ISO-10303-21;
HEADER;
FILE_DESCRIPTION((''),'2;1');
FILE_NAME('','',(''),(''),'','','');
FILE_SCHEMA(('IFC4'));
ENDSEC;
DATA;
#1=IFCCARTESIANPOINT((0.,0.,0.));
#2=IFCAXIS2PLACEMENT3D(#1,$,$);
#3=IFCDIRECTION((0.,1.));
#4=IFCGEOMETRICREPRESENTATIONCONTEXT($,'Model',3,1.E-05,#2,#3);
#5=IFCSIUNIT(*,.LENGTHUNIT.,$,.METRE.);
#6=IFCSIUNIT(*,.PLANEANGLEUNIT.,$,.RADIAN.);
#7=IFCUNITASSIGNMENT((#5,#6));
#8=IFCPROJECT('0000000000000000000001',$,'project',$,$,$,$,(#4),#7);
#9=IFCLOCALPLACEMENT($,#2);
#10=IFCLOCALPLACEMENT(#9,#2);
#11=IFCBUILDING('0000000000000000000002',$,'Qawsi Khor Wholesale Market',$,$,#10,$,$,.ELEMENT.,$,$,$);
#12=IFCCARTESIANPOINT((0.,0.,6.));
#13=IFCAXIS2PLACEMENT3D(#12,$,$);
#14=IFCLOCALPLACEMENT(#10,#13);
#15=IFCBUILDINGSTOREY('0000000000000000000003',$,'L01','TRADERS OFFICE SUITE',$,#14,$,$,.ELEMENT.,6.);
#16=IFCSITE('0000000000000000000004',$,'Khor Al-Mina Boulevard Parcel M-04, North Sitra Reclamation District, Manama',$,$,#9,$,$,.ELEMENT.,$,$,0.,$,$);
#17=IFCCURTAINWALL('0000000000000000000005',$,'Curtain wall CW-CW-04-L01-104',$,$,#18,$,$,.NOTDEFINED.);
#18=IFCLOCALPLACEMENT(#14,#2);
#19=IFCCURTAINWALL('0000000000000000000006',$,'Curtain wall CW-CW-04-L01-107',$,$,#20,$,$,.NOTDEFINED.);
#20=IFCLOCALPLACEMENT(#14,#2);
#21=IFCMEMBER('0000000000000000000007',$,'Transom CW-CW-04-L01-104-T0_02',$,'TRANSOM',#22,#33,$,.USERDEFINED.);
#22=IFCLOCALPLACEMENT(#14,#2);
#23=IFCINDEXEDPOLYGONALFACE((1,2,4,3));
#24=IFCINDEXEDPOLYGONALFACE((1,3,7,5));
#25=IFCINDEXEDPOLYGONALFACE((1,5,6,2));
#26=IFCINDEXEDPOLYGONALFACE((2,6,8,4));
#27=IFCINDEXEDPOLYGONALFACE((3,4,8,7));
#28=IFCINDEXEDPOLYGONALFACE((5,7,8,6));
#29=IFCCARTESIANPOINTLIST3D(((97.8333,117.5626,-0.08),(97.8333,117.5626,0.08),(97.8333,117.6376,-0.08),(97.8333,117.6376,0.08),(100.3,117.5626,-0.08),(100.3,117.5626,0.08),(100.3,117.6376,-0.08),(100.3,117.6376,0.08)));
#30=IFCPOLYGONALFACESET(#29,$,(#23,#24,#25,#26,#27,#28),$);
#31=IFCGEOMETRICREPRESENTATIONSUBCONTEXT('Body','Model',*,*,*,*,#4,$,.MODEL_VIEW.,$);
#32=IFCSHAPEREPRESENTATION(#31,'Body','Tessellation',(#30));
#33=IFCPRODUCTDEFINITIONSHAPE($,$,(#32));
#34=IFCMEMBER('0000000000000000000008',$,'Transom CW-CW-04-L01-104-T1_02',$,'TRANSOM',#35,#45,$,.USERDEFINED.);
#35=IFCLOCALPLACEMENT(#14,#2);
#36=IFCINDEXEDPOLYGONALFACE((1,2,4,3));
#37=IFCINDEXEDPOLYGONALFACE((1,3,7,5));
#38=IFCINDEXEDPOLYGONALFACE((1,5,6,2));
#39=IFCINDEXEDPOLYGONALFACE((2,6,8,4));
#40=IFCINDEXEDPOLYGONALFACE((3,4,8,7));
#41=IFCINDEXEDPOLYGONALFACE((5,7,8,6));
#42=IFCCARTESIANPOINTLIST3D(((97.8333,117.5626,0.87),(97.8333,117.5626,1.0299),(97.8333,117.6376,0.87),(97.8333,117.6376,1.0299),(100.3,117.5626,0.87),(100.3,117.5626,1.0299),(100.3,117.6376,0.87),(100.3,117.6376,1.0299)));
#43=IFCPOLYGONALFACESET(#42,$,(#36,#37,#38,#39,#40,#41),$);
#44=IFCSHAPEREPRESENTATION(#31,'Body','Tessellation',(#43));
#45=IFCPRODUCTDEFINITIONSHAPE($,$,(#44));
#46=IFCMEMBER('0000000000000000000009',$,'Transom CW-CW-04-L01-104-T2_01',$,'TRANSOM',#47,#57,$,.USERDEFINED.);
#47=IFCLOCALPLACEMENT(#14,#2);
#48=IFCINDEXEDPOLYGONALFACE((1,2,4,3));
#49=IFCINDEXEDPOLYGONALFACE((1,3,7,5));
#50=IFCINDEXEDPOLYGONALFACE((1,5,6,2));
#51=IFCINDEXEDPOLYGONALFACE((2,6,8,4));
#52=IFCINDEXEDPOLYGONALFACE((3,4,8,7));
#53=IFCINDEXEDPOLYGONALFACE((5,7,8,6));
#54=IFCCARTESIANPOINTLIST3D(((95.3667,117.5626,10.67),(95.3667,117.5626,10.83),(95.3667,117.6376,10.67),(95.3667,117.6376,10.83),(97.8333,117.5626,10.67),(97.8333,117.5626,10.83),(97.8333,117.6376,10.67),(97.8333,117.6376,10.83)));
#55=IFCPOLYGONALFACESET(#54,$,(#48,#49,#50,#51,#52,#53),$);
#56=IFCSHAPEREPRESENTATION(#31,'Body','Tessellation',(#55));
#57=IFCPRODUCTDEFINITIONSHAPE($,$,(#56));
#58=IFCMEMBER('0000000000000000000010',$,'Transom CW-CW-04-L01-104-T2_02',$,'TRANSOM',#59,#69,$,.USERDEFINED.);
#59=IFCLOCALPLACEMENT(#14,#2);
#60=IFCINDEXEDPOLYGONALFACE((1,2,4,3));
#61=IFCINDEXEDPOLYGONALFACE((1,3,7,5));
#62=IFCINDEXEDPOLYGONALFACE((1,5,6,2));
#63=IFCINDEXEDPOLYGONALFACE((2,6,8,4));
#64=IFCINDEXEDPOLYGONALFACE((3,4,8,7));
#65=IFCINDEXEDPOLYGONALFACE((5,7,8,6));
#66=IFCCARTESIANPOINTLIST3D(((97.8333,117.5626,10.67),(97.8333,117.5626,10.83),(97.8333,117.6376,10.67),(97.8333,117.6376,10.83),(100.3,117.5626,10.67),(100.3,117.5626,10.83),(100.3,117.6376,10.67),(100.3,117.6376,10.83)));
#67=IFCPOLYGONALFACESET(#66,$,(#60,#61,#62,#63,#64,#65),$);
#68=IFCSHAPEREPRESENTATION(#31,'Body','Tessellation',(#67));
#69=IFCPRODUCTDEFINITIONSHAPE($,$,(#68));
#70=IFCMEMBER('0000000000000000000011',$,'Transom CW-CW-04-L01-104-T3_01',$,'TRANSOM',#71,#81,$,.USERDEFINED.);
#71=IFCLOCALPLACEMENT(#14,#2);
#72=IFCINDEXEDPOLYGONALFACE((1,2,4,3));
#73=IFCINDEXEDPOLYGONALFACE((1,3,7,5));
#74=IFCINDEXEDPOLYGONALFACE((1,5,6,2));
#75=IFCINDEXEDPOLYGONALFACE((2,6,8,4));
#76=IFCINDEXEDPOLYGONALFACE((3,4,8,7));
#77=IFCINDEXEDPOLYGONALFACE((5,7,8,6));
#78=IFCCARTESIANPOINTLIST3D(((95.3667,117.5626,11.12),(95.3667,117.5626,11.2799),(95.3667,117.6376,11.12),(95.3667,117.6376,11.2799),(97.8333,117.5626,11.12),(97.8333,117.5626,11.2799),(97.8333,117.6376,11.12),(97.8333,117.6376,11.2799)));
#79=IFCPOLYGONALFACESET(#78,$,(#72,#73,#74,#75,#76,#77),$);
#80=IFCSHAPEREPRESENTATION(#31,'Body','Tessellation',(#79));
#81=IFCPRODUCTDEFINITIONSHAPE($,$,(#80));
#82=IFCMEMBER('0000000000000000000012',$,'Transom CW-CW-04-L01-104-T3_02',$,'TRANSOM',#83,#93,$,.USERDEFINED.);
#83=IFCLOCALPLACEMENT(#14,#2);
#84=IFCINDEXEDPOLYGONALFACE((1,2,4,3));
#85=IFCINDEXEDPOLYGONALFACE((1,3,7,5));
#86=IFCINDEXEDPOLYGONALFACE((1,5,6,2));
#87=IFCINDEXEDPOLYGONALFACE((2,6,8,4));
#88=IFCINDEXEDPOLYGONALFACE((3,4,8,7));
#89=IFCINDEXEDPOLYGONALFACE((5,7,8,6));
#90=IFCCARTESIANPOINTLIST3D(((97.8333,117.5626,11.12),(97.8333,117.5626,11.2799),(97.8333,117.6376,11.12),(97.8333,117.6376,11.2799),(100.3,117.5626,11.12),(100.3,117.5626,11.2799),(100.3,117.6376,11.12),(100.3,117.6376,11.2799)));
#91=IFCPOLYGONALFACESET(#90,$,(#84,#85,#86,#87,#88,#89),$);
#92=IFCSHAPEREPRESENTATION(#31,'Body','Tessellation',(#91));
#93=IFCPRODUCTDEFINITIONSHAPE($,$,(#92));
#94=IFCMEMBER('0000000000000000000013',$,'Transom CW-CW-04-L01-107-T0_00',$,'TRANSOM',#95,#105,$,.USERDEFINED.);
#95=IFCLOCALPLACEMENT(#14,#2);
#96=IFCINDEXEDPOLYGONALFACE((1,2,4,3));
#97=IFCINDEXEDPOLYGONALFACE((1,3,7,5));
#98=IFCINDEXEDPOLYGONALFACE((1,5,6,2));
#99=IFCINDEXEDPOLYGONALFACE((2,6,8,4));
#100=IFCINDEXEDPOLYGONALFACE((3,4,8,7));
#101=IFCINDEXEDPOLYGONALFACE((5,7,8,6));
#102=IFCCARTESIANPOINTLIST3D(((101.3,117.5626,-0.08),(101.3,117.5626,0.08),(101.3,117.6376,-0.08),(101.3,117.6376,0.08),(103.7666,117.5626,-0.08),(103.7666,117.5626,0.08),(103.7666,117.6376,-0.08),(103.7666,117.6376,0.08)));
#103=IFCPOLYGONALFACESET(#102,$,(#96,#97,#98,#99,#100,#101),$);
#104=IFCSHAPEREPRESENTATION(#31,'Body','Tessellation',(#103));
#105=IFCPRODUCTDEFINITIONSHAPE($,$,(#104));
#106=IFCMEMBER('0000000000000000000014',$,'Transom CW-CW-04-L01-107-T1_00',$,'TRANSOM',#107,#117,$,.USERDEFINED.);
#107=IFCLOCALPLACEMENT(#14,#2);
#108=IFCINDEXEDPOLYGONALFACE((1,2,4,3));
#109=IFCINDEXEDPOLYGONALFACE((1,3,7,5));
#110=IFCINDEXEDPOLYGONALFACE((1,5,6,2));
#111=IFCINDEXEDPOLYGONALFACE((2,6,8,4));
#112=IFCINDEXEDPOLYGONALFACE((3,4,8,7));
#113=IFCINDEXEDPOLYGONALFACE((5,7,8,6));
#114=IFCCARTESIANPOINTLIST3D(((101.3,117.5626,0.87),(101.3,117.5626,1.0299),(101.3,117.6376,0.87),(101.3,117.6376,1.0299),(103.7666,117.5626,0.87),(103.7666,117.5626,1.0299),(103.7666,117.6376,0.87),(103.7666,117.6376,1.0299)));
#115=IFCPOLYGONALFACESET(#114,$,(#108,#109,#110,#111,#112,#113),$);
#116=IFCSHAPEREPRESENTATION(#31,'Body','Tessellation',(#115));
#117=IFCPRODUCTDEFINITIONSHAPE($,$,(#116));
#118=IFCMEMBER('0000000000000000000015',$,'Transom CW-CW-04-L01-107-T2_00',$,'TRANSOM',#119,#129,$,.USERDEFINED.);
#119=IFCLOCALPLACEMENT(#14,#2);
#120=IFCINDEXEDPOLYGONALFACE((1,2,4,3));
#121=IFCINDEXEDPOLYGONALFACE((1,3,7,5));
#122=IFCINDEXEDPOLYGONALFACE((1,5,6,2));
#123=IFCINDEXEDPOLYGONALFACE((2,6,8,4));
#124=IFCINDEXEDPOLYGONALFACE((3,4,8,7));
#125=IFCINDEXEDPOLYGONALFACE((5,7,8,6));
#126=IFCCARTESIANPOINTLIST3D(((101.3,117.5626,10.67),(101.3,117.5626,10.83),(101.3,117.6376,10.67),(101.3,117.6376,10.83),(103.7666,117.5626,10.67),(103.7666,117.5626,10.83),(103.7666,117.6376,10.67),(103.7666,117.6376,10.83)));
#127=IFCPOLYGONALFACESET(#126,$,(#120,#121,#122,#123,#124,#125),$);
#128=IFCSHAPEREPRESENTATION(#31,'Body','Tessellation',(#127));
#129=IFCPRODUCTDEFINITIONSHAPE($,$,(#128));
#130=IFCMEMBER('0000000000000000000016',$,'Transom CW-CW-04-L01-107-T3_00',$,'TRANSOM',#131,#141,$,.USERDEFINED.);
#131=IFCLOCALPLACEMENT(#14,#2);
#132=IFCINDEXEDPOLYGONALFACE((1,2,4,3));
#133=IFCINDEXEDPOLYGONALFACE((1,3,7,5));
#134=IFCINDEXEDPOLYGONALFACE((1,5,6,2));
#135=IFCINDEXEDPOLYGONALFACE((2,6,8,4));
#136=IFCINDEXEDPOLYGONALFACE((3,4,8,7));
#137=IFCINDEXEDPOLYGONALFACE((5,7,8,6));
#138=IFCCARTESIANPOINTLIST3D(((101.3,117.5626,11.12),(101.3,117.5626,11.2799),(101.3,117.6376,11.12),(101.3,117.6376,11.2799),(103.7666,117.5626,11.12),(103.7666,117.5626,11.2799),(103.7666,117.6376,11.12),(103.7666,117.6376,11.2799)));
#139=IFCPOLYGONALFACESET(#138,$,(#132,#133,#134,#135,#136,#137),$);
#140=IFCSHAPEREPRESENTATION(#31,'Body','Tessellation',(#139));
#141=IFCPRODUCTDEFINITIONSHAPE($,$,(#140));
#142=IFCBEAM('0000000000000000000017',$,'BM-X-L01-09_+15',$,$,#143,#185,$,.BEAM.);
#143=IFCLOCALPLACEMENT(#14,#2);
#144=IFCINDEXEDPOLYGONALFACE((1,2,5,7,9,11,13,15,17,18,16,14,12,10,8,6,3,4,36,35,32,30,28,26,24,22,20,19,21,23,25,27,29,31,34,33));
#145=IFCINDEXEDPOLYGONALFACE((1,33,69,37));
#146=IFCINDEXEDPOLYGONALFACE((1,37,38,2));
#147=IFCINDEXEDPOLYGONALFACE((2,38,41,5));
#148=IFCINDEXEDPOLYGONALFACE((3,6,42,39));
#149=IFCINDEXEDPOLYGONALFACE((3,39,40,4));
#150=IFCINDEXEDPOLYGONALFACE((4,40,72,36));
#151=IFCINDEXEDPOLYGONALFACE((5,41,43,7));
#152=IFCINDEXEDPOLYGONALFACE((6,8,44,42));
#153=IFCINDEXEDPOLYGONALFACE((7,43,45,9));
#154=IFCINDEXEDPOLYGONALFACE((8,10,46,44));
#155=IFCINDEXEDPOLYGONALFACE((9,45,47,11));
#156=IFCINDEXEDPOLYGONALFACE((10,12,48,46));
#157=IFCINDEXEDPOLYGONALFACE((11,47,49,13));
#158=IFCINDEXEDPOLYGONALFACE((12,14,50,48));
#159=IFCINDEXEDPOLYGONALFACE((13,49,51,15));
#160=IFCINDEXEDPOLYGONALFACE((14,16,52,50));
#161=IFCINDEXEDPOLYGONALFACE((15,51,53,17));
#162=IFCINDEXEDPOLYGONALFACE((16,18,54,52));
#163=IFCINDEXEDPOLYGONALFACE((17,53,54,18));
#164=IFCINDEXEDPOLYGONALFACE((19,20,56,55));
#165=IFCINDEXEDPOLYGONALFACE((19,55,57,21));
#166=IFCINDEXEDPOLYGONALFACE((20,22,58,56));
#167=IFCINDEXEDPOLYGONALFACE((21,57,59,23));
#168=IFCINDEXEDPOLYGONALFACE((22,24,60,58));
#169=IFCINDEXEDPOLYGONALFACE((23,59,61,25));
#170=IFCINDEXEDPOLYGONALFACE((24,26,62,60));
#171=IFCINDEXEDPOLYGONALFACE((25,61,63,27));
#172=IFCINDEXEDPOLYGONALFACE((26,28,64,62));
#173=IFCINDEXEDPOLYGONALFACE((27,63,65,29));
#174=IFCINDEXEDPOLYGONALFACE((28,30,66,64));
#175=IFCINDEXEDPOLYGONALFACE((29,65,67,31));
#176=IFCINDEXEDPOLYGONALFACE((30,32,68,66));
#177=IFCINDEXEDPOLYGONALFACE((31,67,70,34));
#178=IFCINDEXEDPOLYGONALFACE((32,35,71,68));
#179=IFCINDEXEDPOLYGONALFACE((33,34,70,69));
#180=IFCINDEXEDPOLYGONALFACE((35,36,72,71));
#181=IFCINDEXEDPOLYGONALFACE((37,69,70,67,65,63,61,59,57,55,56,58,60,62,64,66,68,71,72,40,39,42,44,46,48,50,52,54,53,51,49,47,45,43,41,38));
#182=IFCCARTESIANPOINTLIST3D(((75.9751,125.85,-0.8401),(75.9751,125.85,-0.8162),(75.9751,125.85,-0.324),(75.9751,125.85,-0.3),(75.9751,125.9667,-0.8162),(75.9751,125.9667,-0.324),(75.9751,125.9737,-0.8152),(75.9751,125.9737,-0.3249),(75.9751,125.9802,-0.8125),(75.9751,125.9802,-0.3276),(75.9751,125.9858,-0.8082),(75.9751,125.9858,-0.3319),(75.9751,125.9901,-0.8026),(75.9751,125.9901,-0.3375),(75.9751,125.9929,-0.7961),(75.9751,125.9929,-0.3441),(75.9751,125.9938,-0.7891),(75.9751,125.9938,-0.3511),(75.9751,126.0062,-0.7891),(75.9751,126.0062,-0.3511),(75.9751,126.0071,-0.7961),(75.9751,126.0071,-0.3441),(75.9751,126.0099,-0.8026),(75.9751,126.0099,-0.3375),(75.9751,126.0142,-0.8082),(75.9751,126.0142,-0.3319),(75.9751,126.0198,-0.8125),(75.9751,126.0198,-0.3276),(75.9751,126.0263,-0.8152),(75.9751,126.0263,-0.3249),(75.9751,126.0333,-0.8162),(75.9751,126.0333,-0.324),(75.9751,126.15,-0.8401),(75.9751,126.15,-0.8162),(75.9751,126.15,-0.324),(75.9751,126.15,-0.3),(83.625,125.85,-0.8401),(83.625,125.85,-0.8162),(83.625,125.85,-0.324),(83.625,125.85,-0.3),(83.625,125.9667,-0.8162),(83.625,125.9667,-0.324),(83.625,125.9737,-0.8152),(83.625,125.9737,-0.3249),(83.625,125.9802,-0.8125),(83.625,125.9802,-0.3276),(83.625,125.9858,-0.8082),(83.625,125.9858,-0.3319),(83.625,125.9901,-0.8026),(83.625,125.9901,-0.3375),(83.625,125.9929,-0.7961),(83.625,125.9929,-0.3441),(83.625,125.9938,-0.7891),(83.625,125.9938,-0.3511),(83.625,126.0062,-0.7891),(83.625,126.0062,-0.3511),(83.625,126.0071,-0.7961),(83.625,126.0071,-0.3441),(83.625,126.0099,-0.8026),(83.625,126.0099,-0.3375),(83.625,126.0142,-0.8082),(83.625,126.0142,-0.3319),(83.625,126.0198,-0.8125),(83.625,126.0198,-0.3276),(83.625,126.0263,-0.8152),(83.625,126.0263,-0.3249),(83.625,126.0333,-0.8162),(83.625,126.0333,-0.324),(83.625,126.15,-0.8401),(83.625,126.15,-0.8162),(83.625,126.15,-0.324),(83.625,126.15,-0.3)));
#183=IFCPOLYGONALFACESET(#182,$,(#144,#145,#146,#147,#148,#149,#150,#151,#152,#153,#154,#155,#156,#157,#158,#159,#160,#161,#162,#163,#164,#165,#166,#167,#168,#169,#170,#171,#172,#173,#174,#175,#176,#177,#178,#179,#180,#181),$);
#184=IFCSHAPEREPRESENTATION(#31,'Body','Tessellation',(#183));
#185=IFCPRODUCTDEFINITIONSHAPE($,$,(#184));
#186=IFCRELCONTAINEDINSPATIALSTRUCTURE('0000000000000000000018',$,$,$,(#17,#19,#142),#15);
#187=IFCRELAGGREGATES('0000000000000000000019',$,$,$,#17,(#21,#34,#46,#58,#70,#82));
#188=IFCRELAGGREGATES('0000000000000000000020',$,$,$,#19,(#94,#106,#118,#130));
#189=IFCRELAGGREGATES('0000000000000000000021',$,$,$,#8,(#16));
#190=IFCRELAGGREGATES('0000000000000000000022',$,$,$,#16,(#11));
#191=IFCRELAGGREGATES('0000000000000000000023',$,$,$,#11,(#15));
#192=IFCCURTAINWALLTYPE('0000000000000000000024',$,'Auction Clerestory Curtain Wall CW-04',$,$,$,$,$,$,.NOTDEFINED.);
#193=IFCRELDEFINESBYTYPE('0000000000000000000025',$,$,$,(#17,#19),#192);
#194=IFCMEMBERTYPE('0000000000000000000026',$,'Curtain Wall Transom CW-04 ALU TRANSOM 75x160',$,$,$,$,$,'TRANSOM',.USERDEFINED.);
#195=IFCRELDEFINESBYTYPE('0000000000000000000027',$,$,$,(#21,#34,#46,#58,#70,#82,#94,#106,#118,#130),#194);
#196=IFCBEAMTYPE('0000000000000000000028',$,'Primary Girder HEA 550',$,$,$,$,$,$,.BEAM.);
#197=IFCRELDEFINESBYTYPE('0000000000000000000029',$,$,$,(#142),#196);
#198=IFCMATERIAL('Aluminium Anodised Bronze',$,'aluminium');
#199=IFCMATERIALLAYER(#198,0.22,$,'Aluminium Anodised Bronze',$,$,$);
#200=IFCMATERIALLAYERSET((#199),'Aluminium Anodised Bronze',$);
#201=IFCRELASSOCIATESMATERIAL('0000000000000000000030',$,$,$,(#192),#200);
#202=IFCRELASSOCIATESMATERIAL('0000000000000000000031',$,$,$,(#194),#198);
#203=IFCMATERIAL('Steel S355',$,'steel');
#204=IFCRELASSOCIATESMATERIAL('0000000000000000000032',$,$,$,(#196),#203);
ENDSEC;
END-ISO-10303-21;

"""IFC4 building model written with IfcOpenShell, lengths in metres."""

from ifc_helpers import new_model, si_unit, direction, frame, origin, origin_2d, place, context, subcontext, project, spatial, rectangle, i_section, extrude, material, layer, layer_set, material_profile, profile_set, type_object, element, aggregate, save


model = new_model("IFC4")

# Units and contexts
model_context = context("Model", 3, precision=1e-05, world=origin(), true_north=direction((0.0, 1.0)))
body_context = subcontext(model_context, "Body", "Model", "MODEL_VIEW")
ifc_project = project(units=[si_unit("LENGTHUNIT", "METRE"), si_unit("PLANEANGLEUNIT", "RADIAN")], contexts=[model_context])

# Site, building, storey
site_placement = place(None, origin())
site = spatial("IfcSite", under=ifc_project, at=site_placement, Name="Khor Al-Mina Boulevard Parcel M-04, North Sitra Reclamation District, Manama", CompositionType="ELEMENT", RefElevation=0.0)
building_placement = place(site_placement, origin())
building = spatial("IfcBuilding", under=site, at=building_placement, Name="Qawsi Khor Wholesale Market", CompositionType="ELEMENT")
storey_placement = place(building_placement, frame((0.0, 0.0, 6.0)))
storey = spatial("IfcBuildingStorey", under=building, at=storey_placement, Name="L01", Description="TRADERS OFFICE SUITE", CompositionType="ELEMENT", Elevation=6.0)

# Shared definitions
ifc_material_1 = material(Name="Steel S355", Category="steel")

# Curtain wall
ifc_material_2 = material(Name="Aluminium Anodised Bronze", Category="aluminium")
ifc_layer_1 = layer(ifc_material_2, 0.22, Name="Aluminium Anodised Bronze")
ifc_layer_set_1 = layer_set([ifc_layer_1], Name="Aluminium Anodised Bronze")
curtain_wall_type = type_object("IfcCurtainWallType", Name="Auction Clerestory Curtain Wall CW-04", PredefinedType="NOTDEFINED", material=ifc_layer_set_1)
curtain_wall_1_placement = place(storey_placement, origin())
curtain_wall_1 = element("IfcCurtainWall", 1, at=curtain_wall_1_placement, inside=storey, type_object=curtain_wall_type, Name="Curtain wall CW-CW-04-L01-104", PredefinedType="NOTDEFINED")

# Curtain wall
curtain_wall_2_placement = place(storey_placement, origin())
curtain_wall_2 = element("IfcCurtainWall", 2, at=curtain_wall_2_placement, inside=storey, type_object=curtain_wall_type, Name="Curtain wall CW-CW-04-L01-107", PredefinedType="NOTDEFINED")

# Members
ifc_material_profile_1 = material_profile(ifc_material_2, rectangle(XDim=0.075, YDim=0.1599, at=origin_2d()), Name="ALU TRANSOM 75x160")
ifc_profile_set_1 = profile_set([ifc_material_profile_1], Name="Aluminium Anodised Bronze")
member_type_1 = type_object("IfcMemberType", Name="Curtain Wall Transom CW-04 ALU TRANSOM 75x160", ElementType="TRANSOM", PredefinedType="USERDEFINED", material=ifc_profile_set_1)
member_1_placement = place(storey_placement, frame((97.8333, 117.6001, 0.0), z_axis=(1.0, 0.0, 0.0), x_axis=(0.0, 1.0, 0.0)))
member_1 = element("IfcMember", 3, at=member_1_placement, type_object=member_type_1, Name="Transom CW-CW-04-L01-104-T0_02", ObjectType="TRANSOM", PredefinedType="USERDEFINED", context=body_context, shape_type="SweptSolid", body=[
    extrude(rectangle(XDim=0.075, YDim=0.1599, at=origin_2d()), origin(), (0.0, 0.0, 1.0), 2.4668),
])
member_2_placement = place(storey_placement, frame((97.8333, 117.6001, 0.95), z_axis=(1.0, 0.0, 0.0), x_axis=(0.0, 1.0, 0.0)))
member_2 = element("IfcMember", 4, at=member_2_placement, type_object=member_type_1, Name="Transom CW-CW-04-L01-104-T1_02", ObjectType="TRANSOM", PredefinedType="USERDEFINED", context=body_context, shape_type="SweptSolid", body=[
    extrude(rectangle(XDim=0.075, YDim=0.1599, at=origin_2d()), origin(), (0.0, 0.0, 1.0), 2.4668),
])
member_3_placement = place(storey_placement, frame((95.3667, 117.6001, 10.75), z_axis=(1.0, 0.0, 0.0), x_axis=(0.0, 1.0, 0.0)))
member_3 = element("IfcMember", 5, at=member_3_placement, type_object=member_type_1, Name="Transom CW-CW-04-L01-104-T2_01", ObjectType="TRANSOM", PredefinedType="USERDEFINED", context=body_context, shape_type="SweptSolid", body=[
    extrude(rectangle(XDim=0.075, YDim=0.1599, at=origin_2d()), origin(), (0.0, 0.0, 1.0), 2.4666),
])
member_4_placement = place(storey_placement, frame((97.8333, 117.6001, 10.75), z_axis=(1.0, 0.0, 0.0), x_axis=(0.0, 1.0, 0.0)))
member_4 = element("IfcMember", 6, at=member_4_placement, type_object=member_type_1, Name="Transom CW-CW-04-L01-104-T2_02", ObjectType="TRANSOM", PredefinedType="USERDEFINED", context=body_context, shape_type="SweptSolid", body=[
    extrude(rectangle(XDim=0.075, YDim=0.1599, at=origin_2d()), origin(), (0.0, 0.0, 1.0), 2.4668),
])
member_5_placement = place(storey_placement, frame((95.3667, 117.6001, 11.2), z_axis=(1.0, 0.0, 0.0), x_axis=(0.0, 1.0, 0.0)))
member_5 = element("IfcMember", 7, at=member_5_placement, type_object=member_type_1, Name="Transom CW-CW-04-L01-104-T3_01", ObjectType="TRANSOM", PredefinedType="USERDEFINED", context=body_context, shape_type="SweptSolid", body=[
    extrude(rectangle(XDim=0.075, YDim=0.1599, at=origin_2d()), origin(), (0.0, 0.0, 1.0), 2.4666),
])
member_6_placement = place(storey_placement, frame((97.8333, 117.6001, 11.2), z_axis=(1.0, 0.0, 0.0), x_axis=(0.0, 1.0, 0.0)))
member_6 = element("IfcMember", 8, at=member_6_placement, type_object=member_type_1, Name="Transom CW-CW-04-L01-104-T3_02", ObjectType="TRANSOM", PredefinedType="USERDEFINED", context=body_context, shape_type="SweptSolid", body=[
    extrude(rectangle(XDim=0.075, YDim=0.1599, at=origin_2d()), origin(), (0.0, 0.0, 1.0), 2.4668),
])
member_7_placement = place(storey_placement, frame((101.3, 117.6001, 0.0), z_axis=(1.0, 0.0, 0.0), x_axis=(0.0, 1.0, 0.0)))
member_7 = element("IfcMember", 9, at=member_7_placement, type_object=member_type_1, Name="Transom CW-CW-04-L01-107-T0_00", ObjectType="TRANSOM", PredefinedType="USERDEFINED", context=body_context, shape_type="SweptSolid", body=[
    extrude(rectangle(XDim=0.075, YDim=0.1599, at=origin_2d()), origin(), (0.0, 0.0, 1.0), 2.4666),
])
member_8_placement = place(storey_placement, frame((101.3, 117.6001, 0.95), z_axis=(1.0, 0.0, 0.0), x_axis=(0.0, 1.0, 0.0)))
member_8 = element("IfcMember", 10, at=member_8_placement, type_object=member_type_1, Name="Transom CW-CW-04-L01-107-T1_00", ObjectType="TRANSOM", PredefinedType="USERDEFINED", context=body_context, shape_type="SweptSolid", body=[
    extrude(rectangle(XDim=0.075, YDim=0.1599, at=origin_2d()), origin(), (0.0, 0.0, 1.0), 2.4666),
])
member_9_placement = place(storey_placement, frame((101.3, 117.6001, 10.75), z_axis=(1.0, 0.0, 0.0), x_axis=(0.0, 1.0, 0.0)))
member_9 = element("IfcMember", 11, at=member_9_placement, type_object=member_type_1, Name="Transom CW-CW-04-L01-107-T2_00", ObjectType="TRANSOM", PredefinedType="USERDEFINED", context=body_context, shape_type="SweptSolid", body=[
    extrude(rectangle(XDim=0.075, YDim=0.1599, at=origin_2d()), origin(), (0.0, 0.0, 1.0), 2.4666),
])
member_10_placement = place(storey_placement, frame((101.3, 117.6001, 11.2), z_axis=(1.0, 0.0, 0.0), x_axis=(0.0, 1.0, 0.0)))
member_10 = element("IfcMember", 12, at=member_10_placement, type_object=member_type_1, Name="Transom CW-CW-04-L01-107-T3_00", ObjectType="TRANSOM", PredefinedType="USERDEFINED", context=body_context, shape_type="SweptSolid", body=[
    extrude(rectangle(XDim=0.075, YDim=0.1599, at=origin_2d()), origin(), (0.0, 0.0, 1.0), 2.4666),
])

# Beam
ifc_material_profile_2 = material_profile(ifc_material_1, i_section(OverallWidth=0.3, OverallDepth=0.54, WebThickness=0.0125, FlangeThickness=0.0239, FilletRadius=0.0271, at=origin_2d()), Name="HEA 550")
ifc_profile_set_2 = profile_set([ifc_material_profile_2], Name="Steel S355")
beam_type_1 = type_object("IfcBeamType", Name="Primary Girder HEA 550", PredefinedType="BEAM", material=ifc_profile_set_2)
for number, where, z_axis, x_axis, name in (
    (13, (75.9751, 126.0, -0.5701), (1.0, 0.0, 0.0), (0.0, 1.0, 0.0), "BM-X-L01-09_+15"),
):
    element("IfcBeam", number, at=place(storey_placement, frame(where, z_axis=z_axis, x_axis=x_axis)), inside=storey, type_object=beam_type_1, Name=name, PredefinedType="BEAM", context=body_context, shape_type="SweptSolid", body=[
        extrude(i_section(OverallWidth=0.3, OverallDepth=0.54, WebThickness=0.0125, FlangeThickness=0.0239, FilletRadius=0.0271, at=origin_2d()), origin(), (0.0, 0.0, 1.0), 7.6499),
    ])

aggregate(curtain_wall_1, [member_1, member_2, member_3, member_4, member_5, member_6])
aggregate(curtain_wall_2, [member_7, member_8, member_9, member_10])

save(model, "model.ifc")
